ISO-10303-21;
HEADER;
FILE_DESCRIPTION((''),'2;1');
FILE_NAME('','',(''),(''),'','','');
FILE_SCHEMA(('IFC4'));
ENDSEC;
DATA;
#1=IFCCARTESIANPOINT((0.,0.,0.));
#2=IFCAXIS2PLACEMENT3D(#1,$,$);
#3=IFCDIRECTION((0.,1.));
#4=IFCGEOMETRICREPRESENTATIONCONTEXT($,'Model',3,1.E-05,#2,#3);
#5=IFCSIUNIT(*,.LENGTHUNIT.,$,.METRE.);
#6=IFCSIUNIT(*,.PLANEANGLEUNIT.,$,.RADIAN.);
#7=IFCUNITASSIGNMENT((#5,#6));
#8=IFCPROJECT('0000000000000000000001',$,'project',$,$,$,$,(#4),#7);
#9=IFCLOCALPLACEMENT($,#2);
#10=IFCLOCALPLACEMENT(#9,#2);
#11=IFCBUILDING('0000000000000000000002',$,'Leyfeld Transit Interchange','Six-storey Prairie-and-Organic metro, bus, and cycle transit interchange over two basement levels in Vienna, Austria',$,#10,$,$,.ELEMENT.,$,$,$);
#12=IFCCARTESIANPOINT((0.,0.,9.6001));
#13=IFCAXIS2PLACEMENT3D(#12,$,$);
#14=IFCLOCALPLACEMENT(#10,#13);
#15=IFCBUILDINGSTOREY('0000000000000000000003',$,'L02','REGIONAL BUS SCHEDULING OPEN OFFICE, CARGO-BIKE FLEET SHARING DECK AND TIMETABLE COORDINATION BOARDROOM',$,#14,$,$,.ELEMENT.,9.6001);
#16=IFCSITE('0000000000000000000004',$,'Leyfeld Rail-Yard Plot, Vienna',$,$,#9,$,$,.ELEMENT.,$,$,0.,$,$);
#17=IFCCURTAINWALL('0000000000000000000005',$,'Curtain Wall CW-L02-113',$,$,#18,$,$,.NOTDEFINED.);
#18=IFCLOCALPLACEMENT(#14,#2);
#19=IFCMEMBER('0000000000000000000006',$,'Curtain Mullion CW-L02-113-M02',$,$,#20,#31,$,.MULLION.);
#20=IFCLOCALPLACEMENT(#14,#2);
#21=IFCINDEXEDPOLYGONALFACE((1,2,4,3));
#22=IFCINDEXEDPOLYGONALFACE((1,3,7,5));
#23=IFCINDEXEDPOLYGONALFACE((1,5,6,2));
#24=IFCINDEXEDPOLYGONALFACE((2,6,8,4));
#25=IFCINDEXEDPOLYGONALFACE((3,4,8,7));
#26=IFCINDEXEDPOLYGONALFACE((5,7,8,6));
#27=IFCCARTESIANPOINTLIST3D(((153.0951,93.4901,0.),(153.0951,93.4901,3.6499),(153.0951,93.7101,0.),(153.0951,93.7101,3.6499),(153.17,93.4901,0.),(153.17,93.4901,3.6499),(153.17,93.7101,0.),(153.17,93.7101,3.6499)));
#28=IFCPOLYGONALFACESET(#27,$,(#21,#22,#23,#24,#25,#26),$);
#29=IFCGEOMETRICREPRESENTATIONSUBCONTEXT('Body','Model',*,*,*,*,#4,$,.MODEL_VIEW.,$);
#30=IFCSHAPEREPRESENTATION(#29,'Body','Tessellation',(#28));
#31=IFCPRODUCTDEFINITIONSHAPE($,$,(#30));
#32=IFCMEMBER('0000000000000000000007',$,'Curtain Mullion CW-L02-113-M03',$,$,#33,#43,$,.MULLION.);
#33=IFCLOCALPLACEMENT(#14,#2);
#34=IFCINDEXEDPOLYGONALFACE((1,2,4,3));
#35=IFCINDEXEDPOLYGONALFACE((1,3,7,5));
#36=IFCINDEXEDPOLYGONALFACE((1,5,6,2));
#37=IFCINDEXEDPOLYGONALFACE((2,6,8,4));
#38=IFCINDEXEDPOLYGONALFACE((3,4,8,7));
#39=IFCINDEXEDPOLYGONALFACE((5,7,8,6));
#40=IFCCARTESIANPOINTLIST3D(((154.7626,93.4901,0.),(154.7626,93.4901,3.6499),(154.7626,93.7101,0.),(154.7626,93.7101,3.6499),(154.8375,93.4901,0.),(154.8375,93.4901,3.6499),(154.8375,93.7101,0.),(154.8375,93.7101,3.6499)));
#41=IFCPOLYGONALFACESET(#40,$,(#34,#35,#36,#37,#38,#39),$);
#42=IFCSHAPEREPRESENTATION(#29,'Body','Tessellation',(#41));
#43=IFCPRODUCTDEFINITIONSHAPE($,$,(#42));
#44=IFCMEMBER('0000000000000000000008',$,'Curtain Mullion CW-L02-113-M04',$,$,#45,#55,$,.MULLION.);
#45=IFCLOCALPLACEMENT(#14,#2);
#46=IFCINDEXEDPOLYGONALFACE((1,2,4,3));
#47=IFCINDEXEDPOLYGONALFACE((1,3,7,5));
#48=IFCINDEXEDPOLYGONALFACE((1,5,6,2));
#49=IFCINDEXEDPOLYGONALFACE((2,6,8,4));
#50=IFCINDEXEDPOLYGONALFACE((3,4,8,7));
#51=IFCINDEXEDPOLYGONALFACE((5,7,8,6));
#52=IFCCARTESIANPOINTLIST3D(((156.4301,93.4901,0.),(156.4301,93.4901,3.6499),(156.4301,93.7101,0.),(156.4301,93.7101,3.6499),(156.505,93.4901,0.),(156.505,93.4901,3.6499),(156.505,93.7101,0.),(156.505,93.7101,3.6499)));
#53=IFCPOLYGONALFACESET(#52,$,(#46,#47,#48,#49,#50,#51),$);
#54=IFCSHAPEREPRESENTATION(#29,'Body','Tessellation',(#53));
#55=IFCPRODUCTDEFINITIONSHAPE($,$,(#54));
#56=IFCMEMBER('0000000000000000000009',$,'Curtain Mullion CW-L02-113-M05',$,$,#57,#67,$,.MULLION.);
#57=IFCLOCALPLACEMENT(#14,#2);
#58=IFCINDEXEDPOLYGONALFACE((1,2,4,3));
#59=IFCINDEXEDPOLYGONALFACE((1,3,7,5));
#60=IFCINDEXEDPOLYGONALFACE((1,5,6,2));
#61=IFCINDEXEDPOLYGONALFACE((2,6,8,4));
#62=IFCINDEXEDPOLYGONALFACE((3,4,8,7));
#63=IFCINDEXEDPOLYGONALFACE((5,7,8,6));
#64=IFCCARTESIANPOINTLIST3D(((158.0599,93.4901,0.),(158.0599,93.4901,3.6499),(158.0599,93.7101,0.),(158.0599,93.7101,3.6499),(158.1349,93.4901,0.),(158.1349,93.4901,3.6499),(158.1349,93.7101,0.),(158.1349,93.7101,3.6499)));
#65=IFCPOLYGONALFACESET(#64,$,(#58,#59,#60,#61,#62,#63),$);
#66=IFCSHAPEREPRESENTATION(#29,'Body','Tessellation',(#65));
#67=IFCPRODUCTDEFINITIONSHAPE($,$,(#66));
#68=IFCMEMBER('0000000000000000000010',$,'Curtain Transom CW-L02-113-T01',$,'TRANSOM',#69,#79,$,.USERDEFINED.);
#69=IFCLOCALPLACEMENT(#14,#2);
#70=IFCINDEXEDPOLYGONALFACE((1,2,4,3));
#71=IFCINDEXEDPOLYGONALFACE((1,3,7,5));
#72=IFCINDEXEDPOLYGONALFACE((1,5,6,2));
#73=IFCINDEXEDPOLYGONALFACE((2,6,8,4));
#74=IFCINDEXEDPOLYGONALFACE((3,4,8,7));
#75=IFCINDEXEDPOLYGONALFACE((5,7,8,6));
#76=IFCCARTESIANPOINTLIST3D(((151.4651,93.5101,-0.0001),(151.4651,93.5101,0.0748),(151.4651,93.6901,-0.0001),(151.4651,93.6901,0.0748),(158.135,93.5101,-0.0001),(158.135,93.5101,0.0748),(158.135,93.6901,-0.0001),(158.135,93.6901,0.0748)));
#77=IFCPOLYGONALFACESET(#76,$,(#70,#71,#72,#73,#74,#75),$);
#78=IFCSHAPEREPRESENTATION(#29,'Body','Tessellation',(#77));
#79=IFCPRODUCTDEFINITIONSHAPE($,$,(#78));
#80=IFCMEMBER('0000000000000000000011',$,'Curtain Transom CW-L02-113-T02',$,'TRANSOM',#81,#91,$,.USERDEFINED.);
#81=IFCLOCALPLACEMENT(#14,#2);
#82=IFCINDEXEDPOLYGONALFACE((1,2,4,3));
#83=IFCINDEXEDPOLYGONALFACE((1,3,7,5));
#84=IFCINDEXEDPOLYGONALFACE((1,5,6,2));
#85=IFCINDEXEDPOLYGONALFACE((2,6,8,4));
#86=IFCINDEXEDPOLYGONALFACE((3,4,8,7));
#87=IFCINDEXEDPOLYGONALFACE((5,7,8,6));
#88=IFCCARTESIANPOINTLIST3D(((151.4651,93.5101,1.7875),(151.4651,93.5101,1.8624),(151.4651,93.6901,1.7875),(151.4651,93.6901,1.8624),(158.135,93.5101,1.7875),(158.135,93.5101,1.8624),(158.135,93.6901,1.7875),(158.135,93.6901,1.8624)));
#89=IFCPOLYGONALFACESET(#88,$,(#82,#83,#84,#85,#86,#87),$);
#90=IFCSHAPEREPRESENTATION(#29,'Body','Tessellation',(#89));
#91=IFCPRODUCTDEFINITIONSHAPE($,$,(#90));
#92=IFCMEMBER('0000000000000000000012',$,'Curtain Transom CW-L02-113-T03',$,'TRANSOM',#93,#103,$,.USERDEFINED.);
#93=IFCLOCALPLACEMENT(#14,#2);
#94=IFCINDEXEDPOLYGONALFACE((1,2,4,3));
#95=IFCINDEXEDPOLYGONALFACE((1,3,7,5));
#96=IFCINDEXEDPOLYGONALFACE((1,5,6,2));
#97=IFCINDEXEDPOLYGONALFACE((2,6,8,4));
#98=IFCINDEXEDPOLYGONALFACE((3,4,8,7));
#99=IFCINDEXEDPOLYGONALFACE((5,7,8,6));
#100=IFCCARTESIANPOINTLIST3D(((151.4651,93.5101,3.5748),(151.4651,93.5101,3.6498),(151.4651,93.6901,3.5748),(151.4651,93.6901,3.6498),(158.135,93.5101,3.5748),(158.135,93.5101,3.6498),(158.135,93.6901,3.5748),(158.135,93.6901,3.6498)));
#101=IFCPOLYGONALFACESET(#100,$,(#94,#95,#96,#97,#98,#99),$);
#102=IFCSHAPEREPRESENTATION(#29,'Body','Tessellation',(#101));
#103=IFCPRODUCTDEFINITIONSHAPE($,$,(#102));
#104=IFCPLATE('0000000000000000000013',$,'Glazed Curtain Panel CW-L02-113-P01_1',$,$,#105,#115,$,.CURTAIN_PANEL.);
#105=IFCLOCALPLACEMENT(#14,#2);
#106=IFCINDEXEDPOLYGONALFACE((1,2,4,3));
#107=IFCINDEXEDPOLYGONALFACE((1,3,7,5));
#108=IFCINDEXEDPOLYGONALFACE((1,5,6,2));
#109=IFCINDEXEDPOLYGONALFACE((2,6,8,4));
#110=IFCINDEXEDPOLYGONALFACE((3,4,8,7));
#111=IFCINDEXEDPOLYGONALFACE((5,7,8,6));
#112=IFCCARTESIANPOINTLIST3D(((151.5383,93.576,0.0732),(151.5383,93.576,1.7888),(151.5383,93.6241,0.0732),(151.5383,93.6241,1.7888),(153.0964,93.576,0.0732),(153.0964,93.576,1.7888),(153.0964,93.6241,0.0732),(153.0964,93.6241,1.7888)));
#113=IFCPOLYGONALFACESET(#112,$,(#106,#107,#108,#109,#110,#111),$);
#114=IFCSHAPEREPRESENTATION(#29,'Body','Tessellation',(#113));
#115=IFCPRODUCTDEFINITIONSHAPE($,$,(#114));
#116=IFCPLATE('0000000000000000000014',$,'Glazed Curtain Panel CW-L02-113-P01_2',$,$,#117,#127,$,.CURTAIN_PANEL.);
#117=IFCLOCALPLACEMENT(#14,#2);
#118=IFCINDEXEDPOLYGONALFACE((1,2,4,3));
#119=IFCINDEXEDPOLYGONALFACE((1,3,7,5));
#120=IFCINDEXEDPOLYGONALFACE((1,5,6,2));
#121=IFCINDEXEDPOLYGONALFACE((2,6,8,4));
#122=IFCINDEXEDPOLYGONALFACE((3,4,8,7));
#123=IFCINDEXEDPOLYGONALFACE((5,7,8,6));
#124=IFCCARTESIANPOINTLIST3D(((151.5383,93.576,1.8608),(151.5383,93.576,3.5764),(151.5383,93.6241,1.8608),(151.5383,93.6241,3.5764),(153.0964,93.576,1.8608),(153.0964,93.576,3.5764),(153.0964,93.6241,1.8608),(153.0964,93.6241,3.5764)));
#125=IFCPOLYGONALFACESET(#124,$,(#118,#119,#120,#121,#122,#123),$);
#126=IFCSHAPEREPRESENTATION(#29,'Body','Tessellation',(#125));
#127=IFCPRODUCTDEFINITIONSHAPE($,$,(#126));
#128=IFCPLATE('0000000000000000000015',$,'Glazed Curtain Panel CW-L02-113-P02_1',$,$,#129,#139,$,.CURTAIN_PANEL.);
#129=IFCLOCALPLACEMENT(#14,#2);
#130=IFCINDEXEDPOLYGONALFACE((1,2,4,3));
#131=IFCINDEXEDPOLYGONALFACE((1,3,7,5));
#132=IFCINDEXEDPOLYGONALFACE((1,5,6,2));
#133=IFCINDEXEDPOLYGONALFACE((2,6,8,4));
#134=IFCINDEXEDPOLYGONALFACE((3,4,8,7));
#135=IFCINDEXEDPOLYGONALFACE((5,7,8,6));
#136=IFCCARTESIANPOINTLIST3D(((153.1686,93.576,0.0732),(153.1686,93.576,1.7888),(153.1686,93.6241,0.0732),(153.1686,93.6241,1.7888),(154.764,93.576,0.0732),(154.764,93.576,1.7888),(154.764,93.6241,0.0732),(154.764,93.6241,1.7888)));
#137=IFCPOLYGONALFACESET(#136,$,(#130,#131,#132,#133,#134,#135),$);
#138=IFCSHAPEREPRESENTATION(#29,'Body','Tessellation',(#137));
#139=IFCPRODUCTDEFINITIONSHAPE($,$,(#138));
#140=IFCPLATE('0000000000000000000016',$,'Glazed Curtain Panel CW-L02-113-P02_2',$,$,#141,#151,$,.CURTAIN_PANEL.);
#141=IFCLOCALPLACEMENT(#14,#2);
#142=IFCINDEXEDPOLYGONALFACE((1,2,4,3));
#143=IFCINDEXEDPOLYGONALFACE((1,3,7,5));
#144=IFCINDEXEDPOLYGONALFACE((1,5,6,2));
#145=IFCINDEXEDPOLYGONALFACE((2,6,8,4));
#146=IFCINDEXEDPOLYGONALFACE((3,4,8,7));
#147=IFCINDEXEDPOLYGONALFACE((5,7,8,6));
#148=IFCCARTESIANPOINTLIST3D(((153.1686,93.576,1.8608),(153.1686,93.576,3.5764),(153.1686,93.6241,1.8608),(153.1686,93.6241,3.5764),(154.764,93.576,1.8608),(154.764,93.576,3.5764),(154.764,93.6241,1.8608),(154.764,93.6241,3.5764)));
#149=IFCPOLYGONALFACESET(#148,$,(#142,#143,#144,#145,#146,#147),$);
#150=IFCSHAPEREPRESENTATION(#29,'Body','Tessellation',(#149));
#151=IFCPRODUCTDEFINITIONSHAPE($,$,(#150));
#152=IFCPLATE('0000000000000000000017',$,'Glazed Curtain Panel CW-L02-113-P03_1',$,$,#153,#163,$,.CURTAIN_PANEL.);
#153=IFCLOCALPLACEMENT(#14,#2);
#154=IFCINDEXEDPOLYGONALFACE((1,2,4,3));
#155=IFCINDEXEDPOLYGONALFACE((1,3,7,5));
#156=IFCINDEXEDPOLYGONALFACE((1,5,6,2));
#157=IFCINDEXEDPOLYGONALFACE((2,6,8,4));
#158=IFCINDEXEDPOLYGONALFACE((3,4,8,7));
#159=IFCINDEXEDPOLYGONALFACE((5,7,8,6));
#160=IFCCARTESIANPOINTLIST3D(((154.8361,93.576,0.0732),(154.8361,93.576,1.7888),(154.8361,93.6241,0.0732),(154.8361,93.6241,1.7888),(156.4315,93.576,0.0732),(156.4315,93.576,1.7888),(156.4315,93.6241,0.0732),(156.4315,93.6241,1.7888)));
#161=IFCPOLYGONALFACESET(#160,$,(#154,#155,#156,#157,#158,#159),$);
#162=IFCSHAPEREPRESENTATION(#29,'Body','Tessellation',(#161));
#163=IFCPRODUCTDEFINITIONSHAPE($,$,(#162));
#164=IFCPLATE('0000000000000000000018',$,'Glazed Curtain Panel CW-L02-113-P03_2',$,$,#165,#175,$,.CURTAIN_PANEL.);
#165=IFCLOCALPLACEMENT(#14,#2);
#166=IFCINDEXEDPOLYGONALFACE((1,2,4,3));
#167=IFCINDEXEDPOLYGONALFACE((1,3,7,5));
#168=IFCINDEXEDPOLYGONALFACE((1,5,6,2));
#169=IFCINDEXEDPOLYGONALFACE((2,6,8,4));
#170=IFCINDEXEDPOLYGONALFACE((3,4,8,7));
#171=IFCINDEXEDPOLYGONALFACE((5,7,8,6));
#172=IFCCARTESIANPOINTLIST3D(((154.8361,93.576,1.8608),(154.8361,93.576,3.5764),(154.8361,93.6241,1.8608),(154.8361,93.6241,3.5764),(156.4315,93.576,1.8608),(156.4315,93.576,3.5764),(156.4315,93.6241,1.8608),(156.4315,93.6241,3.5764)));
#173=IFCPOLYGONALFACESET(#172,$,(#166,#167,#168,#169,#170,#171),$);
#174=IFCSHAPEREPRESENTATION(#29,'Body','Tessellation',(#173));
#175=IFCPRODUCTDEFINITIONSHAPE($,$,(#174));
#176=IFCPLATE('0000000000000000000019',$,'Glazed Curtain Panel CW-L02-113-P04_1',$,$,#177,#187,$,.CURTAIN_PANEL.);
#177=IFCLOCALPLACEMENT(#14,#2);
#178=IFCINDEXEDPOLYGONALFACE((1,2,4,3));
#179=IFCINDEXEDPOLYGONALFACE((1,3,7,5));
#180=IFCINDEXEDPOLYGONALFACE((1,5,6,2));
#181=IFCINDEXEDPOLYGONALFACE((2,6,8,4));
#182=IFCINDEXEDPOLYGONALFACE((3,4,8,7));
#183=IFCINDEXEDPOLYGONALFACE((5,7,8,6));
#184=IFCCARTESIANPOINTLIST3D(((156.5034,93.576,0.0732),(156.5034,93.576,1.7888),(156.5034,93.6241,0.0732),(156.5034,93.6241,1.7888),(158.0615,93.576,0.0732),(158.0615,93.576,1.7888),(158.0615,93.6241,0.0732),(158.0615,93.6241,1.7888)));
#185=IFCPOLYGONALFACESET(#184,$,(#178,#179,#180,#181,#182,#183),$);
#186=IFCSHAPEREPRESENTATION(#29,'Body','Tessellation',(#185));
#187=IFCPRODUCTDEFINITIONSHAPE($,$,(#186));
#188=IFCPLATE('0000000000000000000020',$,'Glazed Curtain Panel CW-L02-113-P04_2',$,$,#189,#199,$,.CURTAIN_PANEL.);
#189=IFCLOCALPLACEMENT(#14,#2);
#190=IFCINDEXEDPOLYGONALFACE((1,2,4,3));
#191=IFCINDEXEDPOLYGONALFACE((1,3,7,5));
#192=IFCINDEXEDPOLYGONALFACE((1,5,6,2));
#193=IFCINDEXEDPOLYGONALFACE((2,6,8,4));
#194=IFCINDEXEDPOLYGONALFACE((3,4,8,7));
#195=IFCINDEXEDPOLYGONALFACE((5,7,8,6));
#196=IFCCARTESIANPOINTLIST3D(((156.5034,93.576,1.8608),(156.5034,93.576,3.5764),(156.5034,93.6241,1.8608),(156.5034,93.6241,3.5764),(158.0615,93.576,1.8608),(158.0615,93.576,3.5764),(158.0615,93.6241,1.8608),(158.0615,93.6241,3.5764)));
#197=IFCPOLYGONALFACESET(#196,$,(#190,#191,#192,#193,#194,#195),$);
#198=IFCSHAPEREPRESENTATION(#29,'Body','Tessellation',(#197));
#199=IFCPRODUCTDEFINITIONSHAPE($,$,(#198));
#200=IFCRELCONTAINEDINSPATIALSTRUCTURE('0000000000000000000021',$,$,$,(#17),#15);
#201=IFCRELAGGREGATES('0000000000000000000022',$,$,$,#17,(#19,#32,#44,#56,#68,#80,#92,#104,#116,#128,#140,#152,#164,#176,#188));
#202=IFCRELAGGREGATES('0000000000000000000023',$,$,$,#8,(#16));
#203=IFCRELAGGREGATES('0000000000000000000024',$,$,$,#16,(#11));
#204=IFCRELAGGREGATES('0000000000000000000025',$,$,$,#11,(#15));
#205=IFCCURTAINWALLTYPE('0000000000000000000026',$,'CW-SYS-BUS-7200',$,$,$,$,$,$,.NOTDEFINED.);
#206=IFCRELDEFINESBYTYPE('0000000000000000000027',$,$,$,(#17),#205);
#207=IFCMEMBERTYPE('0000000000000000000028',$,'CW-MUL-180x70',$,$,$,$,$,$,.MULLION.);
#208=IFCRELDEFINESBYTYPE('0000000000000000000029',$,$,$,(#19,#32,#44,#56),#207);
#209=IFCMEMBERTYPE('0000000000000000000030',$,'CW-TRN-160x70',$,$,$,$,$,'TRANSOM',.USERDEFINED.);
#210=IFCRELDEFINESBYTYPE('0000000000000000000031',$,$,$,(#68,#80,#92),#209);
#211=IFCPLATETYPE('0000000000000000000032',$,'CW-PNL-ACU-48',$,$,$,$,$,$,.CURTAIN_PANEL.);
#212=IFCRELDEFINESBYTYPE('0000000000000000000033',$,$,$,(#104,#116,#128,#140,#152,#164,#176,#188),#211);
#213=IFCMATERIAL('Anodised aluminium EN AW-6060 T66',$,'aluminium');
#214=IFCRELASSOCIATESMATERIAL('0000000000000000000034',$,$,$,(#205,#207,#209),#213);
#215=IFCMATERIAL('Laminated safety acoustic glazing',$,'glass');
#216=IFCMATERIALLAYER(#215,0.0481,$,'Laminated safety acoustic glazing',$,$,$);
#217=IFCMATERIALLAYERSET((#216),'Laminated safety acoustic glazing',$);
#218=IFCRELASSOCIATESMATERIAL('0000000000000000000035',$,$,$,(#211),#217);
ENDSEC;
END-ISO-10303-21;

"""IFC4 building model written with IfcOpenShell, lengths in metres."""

from ifc_helpers import new_model, si_unit, direction, frame, origin, origin_2d, place, context, subcontext, project, spatial, rectangle, extrude, material, layer, layer_set, material_profile, profile_set, type_object, element, aggregate, save


model = new_model("IFC4")

# Units and contexts
model_context = context("Model", 3, precision=1e-05, world=origin(), true_north=direction((0.0, 1.0)))
body_context = subcontext(model_context, "Body", "Model", "MODEL_VIEW")
ifc_project = project(units=[si_unit("LENGTHUNIT", "METRE"), si_unit("PLANEANGLEUNIT", "RADIAN")], contexts=[model_context])

# Site, building, storey
site_placement = place(None, origin())
site = spatial("IfcSite", under=ifc_project, at=site_placement, Name="Leyfeld Rail-Yard Plot, Vienna", CompositionType="ELEMENT", RefElevation=0.0)
building_placement = place(site_placement, origin())
building = spatial("IfcBuilding", under=site, at=building_placement, Name="Leyfeld Transit Interchange", Description="Six-storey Prairie-and-Organic metro, bus, and cycle transit interchange over two basement levels in Vienna, Austria", CompositionType="ELEMENT")
storey_placement = place(building_placement, frame((0.0, 0.0, 9.6001)))
storey = spatial("IfcBuildingStorey", under=building, at=storey_placement, Name="L02", Description="REGIONAL BUS SCHEDULING OPEN OFFICE, CARGO-BIKE FLEET SHARING DECK AND TIMETABLE COORDINATION BOARDROOM", CompositionType="ELEMENT", Elevation=9.6001)

# Curtain wall, members, plates
ifc_material_1 = material(Name="Anodised aluminium EN AW-6060 T66", Category="aluminium")
curtain_wall_type = type_object("IfcCurtainWallType", Name="CW-SYS-BUS-7200", PredefinedType="NOTDEFINED", material=ifc_material_1)
curtain_wall_placement = place(storey_placement, origin())
curtain_wall = element("IfcCurtainWall", 1, at=curtain_wall_placement, inside=storey, type_object=curtain_wall_type, Name="Curtain Wall CW-L02-113", PredefinedType="NOTDEFINED")
ifc_material_profile_1 = material_profile(ifc_material_1, rectangle(XDim=0.075, YDim=0.22, at=origin_2d()), Name="CW-M 75x220")
ifc_profile_set_1 = profile_set([ifc_material_profile_1], Name="Anodised aluminium EN AW-6060 T66")
member_type_1 = type_object("IfcMemberType", Name="CW-MUL-180x70", PredefinedType="MULLION", material=ifc_profile_set_1)
member_1_placement = place(storey_placement, frame((153.1326, 93.6001, 0.0), z_axis=(0.0, 0.0, 1.0), x_axis=(1.0, 0.0, 0.0)))
member_1 = element("IfcMember", 2, at=member_1_placement, type_object=member_type_1, Name="Curtain Mullion CW-L02-113-M02", PredefinedType="MULLION", context=body_context, shape_type="SweptSolid", body=[
    extrude(rectangle(XDim=0.075, YDim=0.22, at=origin_2d()), origin(), (0.0, 0.0, 1.0), 3.6499),
])
member_2_placement = place(storey_placement, frame((154.8, 93.6001, 0.0), z_axis=(0.0, 0.0, 1.0), x_axis=(1.0, 0.0, 0.0)))
member_2 = element("IfcMember", 3, at=member_2_placement, type_object=member_type_1, Name="Curtain Mullion CW-L02-113-M03", PredefinedType="MULLION", context=body_context, shape_type="SweptSolid", body=[
    extrude(rectangle(XDim=0.075, YDim=0.22, at=origin_2d()), origin(), (0.0, 0.0, 1.0), 3.6499),
])
member_3_placement = place(storey_placement, frame((156.4675, 93.6001, 0.0), z_axis=(0.0, 0.0, 1.0), x_axis=(1.0, 0.0, 0.0)))
member_3 = element("IfcMember", 4, at=member_3_placement, type_object=member_type_1, Name="Curtain Mullion CW-L02-113-M04", PredefinedType="MULLION", context=body_context, shape_type="SweptSolid", body=[
    extrude(rectangle(XDim=0.075, YDim=0.22, at=origin_2d()), origin(), (0.0, 0.0, 1.0), 3.6499),
])
member_4_placement = place(storey_placement, frame((158.0974, 93.6001, 0.0), z_axis=(0.0, 0.0, 1.0), x_axis=(1.0, 0.0, 0.0)))
member_4 = element("IfcMember", 5, at=member_4_placement, type_object=member_type_1, Name="Curtain Mullion CW-L02-113-M05", PredefinedType="MULLION", context=body_context, shape_type="SweptSolid", body=[
    extrude(rectangle(XDim=0.075, YDim=0.22, at=origin_2d()), origin(), (0.0, 0.0, 1.0), 3.6499),
])
ifc_material_profile_2 = material_profile(ifc_material_1, rectangle(XDim=0.1799, YDim=0.075, at=origin_2d()), Name="CW-TRN-160x70")
ifc_profile_set_2 = profile_set([ifc_material_profile_2], Name="Anodised aluminium EN AW-6060 T66")
member_type_2 = type_object("IfcMemberType", Name="CW-TRN-160x70", ElementType="TRANSOM", PredefinedType="USERDEFINED", material=ifc_profile_set_2)
member_5_placement = place(storey_placement, frame((151.4651, 93.6001, 0.0374), z_axis=(1.0, 0.0, 0.0), x_axis=(0.0, 1.0, 0.0)))
member_5 = element("IfcMember", 6, at=member_5_placement, type_object=member_type_2, Name="Curtain Transom CW-L02-113-T01", ObjectType="TRANSOM", PredefinedType="USERDEFINED", context=body_context, shape_type="SweptSolid", body=[
    extrude(rectangle(XDim=0.1799, YDim=0.075, at=origin_2d()), origin(), (0.0, 0.0, 1.0), 6.6699),
])
member_6_placement = place(storey_placement, frame((151.4651, 93.6001, 1.825), z_axis=(1.0, 0.0, 0.0), x_axis=(0.0, 1.0, 0.0)))
member_6 = element("IfcMember", 7, at=member_6_placement, type_object=member_type_2, Name="Curtain Transom CW-L02-113-T02", ObjectType="TRANSOM", PredefinedType="USERDEFINED", context=body_context, shape_type="SweptSolid", body=[
    extrude(rectangle(XDim=0.1799, YDim=0.075, at=origin_2d()), origin(), (0.0, 0.0, 1.0), 6.6699),
])
member_7_placement = place(storey_placement, frame((151.4651, 93.6001, 3.6123), z_axis=(1.0, 0.0, 0.0), x_axis=(0.0, 1.0, 0.0)))
member_7 = element("IfcMember", 8, at=member_7_placement, type_object=member_type_2, Name="Curtain Transom CW-L02-113-T03", ObjectType="TRANSOM", PredefinedType="USERDEFINED", context=body_context, shape_type="SweptSolid", body=[
    extrude(rectangle(XDim=0.1799, YDim=0.075, at=origin_2d()), origin(), (0.0, 0.0, 1.0), 6.6699),
])
ifc_material_2 = material(Name="Laminated safety acoustic glazing", Category="glass")
ifc_layer_1 = layer(ifc_material_2, 0.0481, Name="Laminated safety acoustic glazing")
ifc_layer_set_1 = layer_set([ifc_layer_1], Name="Laminated safety acoustic glazing")
plate_type = type_object("IfcPlateType", Name="CW-PNL-ACU-48", PredefinedType="CURTAIN_PANEL", material=ifc_layer_set_1)
plate_1_placement = place(storey_placement, frame((152.3174, 93.6001, 0.0732), z_axis=(0.0, 0.0, 1.0), x_axis=(1.0, 0.0, 0.0)))
plate_1 = element("IfcPlate", 9, at=plate_1_placement, type_object=plate_type, Name="Glazed Curtain Panel CW-L02-113-P01_1", PredefinedType="CURTAIN_PANEL", context=body_context, shape_type="SweptSolid", body=[
    extrude(rectangle(XDim=1.5581, YDim=0.0481, at=origin_2d()), origin(), (0.0, 0.0, 1.0), 1.7156),
])
plate_2_placement = place(storey_placement, frame((152.3174, 93.6001, 1.8608), z_axis=(0.0, 0.0, 1.0), x_axis=(1.0, 0.0, 0.0)))
plate_2 = element("IfcPlate", 10, at=plate_2_placement, type_object=plate_type, Name="Glazed Curtain Panel CW-L02-113-P01_2", PredefinedType="CURTAIN_PANEL", context=body_context, shape_type="SweptSolid", body=[
    extrude(rectangle(XDim=1.5581, YDim=0.0481, at=origin_2d()), origin(), (0.0, 0.0, 1.0), 1.7156),
])
plate_3_placement = place(storey_placement, frame((153.9663, 93.6001, 0.0732), z_axis=(0.0, 0.0, 1.0), x_axis=(1.0, 0.0, 0.0)))
plate_3 = element("IfcPlate", 11, at=plate_3_placement, type_object=plate_type, Name="Glazed Curtain Panel CW-L02-113-P02_1", PredefinedType="CURTAIN_PANEL", context=body_context, shape_type="SweptSolid", body=[
    extrude(rectangle(XDim=1.5955, YDim=0.0481, at=origin_2d()), origin(), (0.0, 0.0, 1.0), 1.7156),
])
plate_4_placement = place(storey_placement, frame((153.9663, 93.6001, 1.8608), z_axis=(0.0, 0.0, 1.0), x_axis=(1.0, 0.0, 0.0)))
plate_4 = element("IfcPlate", 12, at=plate_4_placement, type_object=plate_type, Name="Glazed Curtain Panel CW-L02-113-P02_2", PredefinedType="CURTAIN_PANEL", context=body_context, shape_type="SweptSolid", body=[
    extrude(rectangle(XDim=1.5955, YDim=0.0481, at=origin_2d()), origin(), (0.0, 0.0, 1.0), 1.7156),
])
plate_5_placement = place(storey_placement, frame((155.6338, 93.6001, 0.0732), z_axis=(0.0, 0.0, 1.0), x_axis=(1.0, 0.0, 0.0)))
plate_5 = element("IfcPlate", 13, at=plate_5_placement, type_object=plate_type, Name="Glazed Curtain Panel CW-L02-113-P03_1", PredefinedType="CURTAIN_PANEL", context=body_context, shape_type="SweptSolid", body=[
    extrude(rectangle(XDim=1.5955, YDim=0.0481, at=origin_2d()), origin(), (0.0, 0.0, 1.0), 1.7156),
])
plate_6_placement = place(storey_placement, frame((155.6338, 93.6001, 1.8608), z_axis=(0.0, 0.0, 1.0), x_axis=(1.0, 0.0, 0.0)))
plate_6 = element("IfcPlate", 14, at=plate_6_placement, type_object=plate_type, Name="Glazed Curtain Panel CW-L02-113-P03_2", PredefinedType="CURTAIN_PANEL", context=body_context, shape_type="SweptSolid", body=[
    extrude(rectangle(XDim=1.5955, YDim=0.0481, at=origin_2d()), origin(), (0.0, 0.0, 1.0), 1.7156),
])
plate_7_placement = place(storey_placement, frame((157.2825, 93.6001, 0.0732), z_axis=(0.0, 0.0, 1.0), x_axis=(1.0, 0.0, 0.0)))
plate_7 = element("IfcPlate", 15, at=plate_7_placement, type_object=plate_type, Name="Glazed Curtain Panel CW-L02-113-P04_1", PredefinedType="CURTAIN_PANEL", context=body_context, shape_type="SweptSolid", body=[
    extrude(rectangle(XDim=1.5581, YDim=0.0481, at=origin_2d()), origin(), (0.0, 0.0, 1.0), 1.7156),
])
plate_8_placement = place(storey_placement, frame((157.2825, 93.6001, 1.8608), z_axis=(0.0, 0.0, 1.0), x_axis=(1.0, 0.0, 0.0)))
plate_8 = element("IfcPlate", 16, at=plate_8_placement, type_object=plate_type, Name="Glazed Curtain Panel CW-L02-113-P04_2", PredefinedType="CURTAIN_PANEL", context=body_context, shape_type="SweptSolid", body=[
    extrude(rectangle(XDim=1.5581, YDim=0.0481, at=origin_2d()), origin(), (0.0, 0.0, 1.0), 1.7156),
])
aggregate(curtain_wall, [member_1, member_2, member_3, member_4, member_5, member_6, member_7, plate_1, plate_2, plate_3, plate_4, plate_5, plate_6, plate_7, plate_8])

save(model, "model.ifc")
